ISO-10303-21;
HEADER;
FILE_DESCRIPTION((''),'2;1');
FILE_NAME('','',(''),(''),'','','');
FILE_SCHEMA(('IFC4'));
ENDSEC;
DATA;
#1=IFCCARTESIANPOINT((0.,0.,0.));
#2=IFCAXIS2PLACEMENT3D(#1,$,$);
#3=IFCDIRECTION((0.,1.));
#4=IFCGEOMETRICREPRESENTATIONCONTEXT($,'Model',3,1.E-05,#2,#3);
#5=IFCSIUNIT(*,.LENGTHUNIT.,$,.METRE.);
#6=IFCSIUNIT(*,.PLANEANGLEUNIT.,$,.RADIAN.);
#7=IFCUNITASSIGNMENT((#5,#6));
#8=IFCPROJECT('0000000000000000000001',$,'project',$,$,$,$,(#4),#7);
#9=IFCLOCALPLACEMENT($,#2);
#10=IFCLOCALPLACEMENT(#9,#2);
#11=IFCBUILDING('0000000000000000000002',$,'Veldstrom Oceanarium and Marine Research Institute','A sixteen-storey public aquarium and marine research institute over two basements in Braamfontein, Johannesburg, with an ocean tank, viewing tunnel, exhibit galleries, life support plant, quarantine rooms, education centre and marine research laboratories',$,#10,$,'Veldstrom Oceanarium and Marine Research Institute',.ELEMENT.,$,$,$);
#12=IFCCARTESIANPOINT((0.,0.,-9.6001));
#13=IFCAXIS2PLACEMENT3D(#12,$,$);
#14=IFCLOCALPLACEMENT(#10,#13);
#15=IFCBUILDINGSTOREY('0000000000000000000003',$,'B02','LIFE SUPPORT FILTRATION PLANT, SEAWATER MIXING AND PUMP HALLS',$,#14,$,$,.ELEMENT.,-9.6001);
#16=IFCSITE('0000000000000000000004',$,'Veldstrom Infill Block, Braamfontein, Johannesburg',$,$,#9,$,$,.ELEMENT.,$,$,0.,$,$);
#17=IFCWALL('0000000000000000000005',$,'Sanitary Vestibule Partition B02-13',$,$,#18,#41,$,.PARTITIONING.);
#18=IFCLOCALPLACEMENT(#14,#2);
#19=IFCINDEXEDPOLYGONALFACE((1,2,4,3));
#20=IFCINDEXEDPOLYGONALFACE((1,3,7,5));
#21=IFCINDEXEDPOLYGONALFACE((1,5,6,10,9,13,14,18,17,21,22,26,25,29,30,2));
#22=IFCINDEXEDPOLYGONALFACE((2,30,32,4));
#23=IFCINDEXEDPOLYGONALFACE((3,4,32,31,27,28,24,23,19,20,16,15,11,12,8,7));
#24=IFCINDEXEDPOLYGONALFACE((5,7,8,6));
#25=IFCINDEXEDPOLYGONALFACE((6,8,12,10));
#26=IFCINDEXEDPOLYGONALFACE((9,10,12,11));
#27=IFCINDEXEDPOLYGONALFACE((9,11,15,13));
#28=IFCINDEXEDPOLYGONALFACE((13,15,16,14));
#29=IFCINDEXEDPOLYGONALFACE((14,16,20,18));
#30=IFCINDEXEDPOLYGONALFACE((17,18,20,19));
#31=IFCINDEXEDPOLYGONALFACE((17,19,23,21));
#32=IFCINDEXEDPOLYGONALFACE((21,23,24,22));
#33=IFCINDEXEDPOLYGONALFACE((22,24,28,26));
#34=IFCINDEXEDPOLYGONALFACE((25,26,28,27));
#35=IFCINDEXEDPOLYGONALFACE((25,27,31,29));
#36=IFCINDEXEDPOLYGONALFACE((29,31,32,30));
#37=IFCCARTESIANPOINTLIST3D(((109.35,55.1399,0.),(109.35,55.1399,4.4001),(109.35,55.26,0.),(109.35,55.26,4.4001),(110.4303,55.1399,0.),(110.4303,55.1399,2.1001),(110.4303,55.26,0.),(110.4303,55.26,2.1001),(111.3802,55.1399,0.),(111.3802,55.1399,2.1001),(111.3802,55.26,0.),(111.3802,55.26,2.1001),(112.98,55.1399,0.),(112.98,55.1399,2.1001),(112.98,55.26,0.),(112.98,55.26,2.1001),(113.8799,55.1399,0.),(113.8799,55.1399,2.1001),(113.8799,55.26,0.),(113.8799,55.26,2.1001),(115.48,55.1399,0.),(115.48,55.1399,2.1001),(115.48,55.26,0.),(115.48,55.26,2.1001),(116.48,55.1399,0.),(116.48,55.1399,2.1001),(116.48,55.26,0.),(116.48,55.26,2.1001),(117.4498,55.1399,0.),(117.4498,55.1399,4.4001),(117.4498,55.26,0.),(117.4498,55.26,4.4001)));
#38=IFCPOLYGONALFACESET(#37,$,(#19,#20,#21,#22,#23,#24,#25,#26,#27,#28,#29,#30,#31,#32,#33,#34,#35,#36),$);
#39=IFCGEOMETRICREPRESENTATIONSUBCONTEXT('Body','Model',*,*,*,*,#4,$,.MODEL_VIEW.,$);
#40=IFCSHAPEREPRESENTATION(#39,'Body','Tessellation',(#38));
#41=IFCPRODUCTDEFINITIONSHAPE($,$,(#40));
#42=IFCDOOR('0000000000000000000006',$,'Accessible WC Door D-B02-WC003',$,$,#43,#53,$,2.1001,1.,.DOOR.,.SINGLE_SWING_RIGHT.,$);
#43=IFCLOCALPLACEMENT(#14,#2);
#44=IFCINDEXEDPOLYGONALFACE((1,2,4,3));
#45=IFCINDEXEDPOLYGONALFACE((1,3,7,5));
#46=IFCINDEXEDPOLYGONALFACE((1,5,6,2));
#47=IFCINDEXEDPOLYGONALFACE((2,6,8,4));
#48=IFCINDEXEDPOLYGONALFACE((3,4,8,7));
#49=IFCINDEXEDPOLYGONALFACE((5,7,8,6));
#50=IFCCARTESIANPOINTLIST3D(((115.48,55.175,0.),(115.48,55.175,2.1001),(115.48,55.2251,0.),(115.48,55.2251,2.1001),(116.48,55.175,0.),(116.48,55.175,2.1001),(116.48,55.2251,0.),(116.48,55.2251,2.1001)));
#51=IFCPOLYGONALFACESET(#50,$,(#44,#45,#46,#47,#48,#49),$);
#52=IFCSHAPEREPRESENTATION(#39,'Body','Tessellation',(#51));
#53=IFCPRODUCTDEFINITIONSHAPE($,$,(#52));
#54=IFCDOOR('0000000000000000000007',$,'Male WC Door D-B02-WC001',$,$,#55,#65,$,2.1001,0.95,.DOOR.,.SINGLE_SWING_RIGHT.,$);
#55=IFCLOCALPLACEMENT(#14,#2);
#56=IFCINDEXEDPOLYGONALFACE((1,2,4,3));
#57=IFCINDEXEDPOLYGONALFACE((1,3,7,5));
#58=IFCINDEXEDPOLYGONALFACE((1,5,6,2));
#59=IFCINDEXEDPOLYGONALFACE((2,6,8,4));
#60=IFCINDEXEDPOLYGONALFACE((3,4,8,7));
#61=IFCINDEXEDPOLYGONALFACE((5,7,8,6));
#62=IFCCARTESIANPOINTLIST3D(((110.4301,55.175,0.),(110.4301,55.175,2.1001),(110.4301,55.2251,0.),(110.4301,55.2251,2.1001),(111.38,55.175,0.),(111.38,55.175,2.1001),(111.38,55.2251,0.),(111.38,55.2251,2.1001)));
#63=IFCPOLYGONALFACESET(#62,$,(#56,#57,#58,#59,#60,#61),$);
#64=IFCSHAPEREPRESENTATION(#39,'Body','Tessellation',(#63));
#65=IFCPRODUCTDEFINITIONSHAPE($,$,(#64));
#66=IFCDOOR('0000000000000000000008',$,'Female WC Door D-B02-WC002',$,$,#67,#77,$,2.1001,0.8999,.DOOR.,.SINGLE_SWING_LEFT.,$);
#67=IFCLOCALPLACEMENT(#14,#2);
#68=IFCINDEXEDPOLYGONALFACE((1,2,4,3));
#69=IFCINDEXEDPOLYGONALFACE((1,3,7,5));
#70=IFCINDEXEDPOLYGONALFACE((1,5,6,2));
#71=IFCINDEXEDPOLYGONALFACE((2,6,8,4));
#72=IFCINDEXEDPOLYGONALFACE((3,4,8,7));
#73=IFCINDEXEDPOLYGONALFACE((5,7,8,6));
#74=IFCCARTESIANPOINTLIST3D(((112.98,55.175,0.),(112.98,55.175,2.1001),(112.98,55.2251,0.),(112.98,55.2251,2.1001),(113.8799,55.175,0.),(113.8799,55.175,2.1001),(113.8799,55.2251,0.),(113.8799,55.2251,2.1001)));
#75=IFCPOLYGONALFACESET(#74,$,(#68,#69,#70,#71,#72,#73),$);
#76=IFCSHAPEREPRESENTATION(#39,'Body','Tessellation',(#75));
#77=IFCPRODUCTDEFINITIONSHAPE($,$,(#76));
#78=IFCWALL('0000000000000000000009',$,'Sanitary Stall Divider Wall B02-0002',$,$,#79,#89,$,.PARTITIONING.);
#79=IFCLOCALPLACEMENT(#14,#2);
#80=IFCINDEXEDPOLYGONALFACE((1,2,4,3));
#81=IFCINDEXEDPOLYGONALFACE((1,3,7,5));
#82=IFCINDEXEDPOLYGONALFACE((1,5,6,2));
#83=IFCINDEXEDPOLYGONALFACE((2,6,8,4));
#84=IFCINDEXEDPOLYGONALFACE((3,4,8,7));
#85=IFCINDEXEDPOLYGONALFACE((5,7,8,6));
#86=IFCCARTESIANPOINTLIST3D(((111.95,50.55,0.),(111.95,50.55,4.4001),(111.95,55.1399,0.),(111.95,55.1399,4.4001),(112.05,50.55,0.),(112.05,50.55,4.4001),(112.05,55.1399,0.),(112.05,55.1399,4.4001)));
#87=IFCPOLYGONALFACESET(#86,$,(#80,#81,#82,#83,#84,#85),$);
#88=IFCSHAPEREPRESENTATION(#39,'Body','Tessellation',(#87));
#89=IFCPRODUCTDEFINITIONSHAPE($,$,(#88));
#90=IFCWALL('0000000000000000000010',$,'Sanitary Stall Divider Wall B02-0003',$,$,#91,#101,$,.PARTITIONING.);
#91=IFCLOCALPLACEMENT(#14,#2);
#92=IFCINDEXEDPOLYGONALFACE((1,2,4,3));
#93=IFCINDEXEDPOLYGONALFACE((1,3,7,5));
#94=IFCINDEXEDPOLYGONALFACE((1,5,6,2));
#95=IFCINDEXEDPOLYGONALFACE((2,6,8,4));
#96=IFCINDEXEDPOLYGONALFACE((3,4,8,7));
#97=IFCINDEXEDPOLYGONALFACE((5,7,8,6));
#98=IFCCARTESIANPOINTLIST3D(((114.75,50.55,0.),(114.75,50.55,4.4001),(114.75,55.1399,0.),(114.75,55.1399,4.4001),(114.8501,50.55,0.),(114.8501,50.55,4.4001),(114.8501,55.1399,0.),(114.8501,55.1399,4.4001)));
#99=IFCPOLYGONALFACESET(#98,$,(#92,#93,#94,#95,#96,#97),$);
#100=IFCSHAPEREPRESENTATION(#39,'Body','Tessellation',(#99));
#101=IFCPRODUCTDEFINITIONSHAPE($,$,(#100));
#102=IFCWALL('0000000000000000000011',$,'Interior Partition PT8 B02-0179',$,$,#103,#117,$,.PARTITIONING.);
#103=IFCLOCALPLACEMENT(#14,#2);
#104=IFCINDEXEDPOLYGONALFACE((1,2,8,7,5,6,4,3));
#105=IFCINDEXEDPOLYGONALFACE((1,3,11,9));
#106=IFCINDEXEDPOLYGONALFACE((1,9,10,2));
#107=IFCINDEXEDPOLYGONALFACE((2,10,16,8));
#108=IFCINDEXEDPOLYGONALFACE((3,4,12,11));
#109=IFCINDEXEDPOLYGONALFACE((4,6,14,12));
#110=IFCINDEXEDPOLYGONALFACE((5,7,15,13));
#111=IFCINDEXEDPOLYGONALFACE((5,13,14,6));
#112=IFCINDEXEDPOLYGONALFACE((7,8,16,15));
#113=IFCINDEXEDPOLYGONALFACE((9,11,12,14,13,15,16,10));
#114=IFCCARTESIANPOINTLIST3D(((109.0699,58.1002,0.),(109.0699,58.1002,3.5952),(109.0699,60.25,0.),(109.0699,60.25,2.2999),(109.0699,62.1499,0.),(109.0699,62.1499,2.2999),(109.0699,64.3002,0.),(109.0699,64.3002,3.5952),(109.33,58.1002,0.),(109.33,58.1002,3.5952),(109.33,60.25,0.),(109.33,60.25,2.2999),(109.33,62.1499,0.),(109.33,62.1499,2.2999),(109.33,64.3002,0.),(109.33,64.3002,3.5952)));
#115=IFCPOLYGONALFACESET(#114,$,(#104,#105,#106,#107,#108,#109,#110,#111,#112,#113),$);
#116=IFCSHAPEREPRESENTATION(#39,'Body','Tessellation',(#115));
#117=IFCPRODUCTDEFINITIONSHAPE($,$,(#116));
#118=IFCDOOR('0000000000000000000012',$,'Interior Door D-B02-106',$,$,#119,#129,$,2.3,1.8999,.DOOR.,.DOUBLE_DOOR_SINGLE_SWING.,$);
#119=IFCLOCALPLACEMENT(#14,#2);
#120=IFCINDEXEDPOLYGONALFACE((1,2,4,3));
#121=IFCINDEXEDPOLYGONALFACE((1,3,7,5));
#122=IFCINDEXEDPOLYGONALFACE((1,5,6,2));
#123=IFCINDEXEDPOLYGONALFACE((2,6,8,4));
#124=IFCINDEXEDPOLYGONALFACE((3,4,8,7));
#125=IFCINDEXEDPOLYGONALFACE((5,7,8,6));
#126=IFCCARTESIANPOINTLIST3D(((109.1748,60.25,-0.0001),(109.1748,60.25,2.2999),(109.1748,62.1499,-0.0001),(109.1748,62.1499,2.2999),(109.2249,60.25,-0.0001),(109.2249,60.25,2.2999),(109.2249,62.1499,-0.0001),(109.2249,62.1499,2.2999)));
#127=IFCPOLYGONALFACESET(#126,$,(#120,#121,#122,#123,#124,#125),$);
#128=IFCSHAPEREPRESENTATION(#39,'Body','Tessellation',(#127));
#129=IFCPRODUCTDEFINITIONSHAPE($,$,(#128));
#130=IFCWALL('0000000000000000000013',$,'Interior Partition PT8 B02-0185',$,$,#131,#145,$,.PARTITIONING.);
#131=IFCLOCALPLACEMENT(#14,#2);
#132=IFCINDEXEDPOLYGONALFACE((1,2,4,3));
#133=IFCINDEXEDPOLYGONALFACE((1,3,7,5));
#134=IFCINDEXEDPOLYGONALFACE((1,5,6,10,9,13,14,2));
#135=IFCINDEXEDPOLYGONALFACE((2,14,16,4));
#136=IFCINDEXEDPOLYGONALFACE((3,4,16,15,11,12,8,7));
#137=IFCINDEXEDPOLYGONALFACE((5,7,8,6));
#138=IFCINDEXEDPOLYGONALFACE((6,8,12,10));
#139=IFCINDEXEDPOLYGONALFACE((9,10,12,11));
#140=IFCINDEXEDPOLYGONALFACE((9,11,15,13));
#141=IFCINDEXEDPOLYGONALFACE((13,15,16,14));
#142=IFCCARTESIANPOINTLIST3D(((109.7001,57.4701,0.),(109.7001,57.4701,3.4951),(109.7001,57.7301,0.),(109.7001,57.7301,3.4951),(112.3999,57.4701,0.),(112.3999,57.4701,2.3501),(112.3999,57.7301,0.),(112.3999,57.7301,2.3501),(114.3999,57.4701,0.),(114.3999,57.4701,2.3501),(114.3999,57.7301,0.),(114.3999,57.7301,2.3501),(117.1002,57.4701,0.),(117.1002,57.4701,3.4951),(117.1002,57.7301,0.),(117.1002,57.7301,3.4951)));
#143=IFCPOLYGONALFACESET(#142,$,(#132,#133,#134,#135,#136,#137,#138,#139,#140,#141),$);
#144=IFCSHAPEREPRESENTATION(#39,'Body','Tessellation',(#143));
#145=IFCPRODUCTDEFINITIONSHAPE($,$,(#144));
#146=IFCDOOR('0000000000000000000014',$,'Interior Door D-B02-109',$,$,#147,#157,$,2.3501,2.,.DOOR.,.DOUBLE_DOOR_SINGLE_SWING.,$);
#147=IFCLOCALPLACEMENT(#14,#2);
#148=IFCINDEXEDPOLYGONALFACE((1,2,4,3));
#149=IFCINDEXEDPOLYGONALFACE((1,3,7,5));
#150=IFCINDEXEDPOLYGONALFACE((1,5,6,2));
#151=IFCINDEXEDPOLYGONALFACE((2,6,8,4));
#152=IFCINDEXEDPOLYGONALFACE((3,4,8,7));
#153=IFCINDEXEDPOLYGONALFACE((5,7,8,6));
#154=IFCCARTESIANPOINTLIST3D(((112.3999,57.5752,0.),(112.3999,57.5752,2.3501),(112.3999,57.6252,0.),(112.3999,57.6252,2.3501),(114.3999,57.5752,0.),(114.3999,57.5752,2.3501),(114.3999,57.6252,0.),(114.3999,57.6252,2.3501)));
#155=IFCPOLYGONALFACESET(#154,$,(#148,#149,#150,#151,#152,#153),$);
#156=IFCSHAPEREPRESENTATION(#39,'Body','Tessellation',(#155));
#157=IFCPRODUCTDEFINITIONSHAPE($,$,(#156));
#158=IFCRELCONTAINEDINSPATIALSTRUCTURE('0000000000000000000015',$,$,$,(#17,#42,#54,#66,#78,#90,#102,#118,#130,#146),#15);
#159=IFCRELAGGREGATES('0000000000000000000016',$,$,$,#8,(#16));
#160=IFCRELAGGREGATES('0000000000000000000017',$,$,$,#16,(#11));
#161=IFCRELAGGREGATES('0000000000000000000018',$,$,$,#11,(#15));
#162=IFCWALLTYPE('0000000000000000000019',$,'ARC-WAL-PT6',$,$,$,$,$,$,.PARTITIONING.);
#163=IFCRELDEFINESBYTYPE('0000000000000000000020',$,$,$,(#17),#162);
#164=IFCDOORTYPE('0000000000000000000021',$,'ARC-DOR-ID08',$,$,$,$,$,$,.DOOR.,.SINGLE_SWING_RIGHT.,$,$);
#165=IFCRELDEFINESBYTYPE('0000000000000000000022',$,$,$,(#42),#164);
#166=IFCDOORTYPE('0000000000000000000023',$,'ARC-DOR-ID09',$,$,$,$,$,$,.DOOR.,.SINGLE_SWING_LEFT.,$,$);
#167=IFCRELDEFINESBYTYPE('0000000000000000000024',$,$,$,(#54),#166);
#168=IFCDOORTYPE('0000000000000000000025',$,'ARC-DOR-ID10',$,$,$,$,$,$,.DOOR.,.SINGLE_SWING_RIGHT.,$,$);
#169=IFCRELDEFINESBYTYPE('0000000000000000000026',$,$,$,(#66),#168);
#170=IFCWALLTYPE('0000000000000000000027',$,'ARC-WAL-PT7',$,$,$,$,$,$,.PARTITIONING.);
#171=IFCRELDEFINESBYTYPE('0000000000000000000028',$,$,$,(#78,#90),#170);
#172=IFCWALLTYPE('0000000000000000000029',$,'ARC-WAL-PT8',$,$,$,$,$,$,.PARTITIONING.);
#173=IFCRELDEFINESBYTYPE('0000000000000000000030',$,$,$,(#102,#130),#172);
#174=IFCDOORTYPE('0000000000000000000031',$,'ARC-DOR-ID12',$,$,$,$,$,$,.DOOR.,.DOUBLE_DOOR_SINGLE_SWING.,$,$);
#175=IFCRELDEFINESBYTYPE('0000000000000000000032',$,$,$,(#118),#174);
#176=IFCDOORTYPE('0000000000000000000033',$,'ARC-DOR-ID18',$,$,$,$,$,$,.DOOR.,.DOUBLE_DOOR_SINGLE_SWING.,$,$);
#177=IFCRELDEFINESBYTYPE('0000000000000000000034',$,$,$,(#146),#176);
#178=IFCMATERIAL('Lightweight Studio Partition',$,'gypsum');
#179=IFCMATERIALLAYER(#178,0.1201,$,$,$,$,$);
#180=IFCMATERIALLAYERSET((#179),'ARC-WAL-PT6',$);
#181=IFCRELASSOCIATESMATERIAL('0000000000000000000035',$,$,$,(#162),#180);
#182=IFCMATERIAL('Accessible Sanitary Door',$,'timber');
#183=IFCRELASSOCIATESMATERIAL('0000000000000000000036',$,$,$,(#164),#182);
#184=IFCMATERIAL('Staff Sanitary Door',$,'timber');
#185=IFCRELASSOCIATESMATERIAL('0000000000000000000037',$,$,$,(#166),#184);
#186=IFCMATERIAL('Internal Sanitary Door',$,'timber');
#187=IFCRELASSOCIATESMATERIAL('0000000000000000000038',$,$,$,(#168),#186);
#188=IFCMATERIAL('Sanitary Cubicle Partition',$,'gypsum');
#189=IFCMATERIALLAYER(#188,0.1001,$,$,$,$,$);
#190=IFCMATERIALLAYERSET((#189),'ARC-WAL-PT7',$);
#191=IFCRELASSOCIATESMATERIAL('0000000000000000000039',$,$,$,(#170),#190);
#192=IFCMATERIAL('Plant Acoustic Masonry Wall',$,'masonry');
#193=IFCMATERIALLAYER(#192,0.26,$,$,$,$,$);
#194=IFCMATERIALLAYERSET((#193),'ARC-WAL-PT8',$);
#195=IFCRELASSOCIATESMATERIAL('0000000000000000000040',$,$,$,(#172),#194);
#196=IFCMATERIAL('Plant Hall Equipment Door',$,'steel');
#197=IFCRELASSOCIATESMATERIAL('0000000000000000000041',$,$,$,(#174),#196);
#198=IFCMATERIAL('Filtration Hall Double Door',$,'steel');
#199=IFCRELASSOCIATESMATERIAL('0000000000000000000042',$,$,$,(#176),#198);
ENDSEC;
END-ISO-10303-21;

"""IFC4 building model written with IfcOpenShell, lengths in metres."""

from ifc_helpers import new_model, si_unit, direction, frame, frame_2d, origin, place, context, subcontext, project, spatial, rectangle, extrude, material, layer, layer_set, type_object, element, fill, save


model = new_model("IFC4")

# Units and contexts
model_context = context("Model", 3, precision=1e-05, world=origin(), true_north=direction((0.0, 1.0)))
body_context = subcontext(model_context, "Body", "Model", "MODEL_VIEW")
ifc_project = project(units=[si_unit("LENGTHUNIT", "METRE"), si_unit("PLANEANGLEUNIT", "RADIAN")], contexts=[model_context])

# Site, building, storey
site_placement = place(None, origin())
site = spatial("IfcSite", under=ifc_project, at=site_placement, Name="Veldstrom Infill Block, Braamfontein, Johannesburg", CompositionType="ELEMENT", RefElevation=0.0)
building_placement = place(site_placement, origin())
building = spatial("IfcBuilding", under=site, at=building_placement, Name="Veldstrom Oceanarium and Marine Research Institute", Description="A sixteen-storey public aquarium and marine research institute over two basements in Braamfontein, Johannesburg, with an ocean tank, viewing tunnel, exhibit galleries, life support plant, quarantine rooms, education centre and marine research laboratories", LongName="Veldstrom Oceanarium and Marine Research Institute", CompositionType="ELEMENT")
storey_placement = place(building_placement, frame((0.0, 0.0, -9.6001)))
storey = spatial("IfcBuildingStorey", under=building, at=storey_placement, Name="B02", Description="LIFE SUPPORT FILTRATION PLANT, SEAWATER MIXING AND PUMP HALLS", CompositionType="ELEMENT", Elevation=-9.6001)

# Wall, openings, doors
ifc_material_1 = material(Name="Lightweight Studio Partition", Category="gypsum")
ifc_layer_1 = layer(ifc_material_1, 0.1201)
ifc_layer_set_1 = layer_set([ifc_layer_1], Name="ARC-WAL-PT6")
wall_type_1 = type_object("IfcWallType", Name="ARC-WAL-PT6", PredefinedType="PARTITIONING", material=ifc_layer_set_1)
wall_1_placement = place(storey_placement, frame((109.3501, 55.2, 0.0), z_axis=(0.0, 0.0, 1.0), x_axis=(1.0, 0.0, 0.0)))
wall_1 = element("IfcWall", 1, at=wall_1_placement, inside=storey, type_object=wall_type_1, Name="Sanitary Vestibule Partition B02-13", PredefinedType="PARTITIONING", context=body_context, shape_type="SweptSolid", body=[
    extrude(rectangle(XDim=8.0999, YDim=0.1201, at=frame_2d((4.0498, 0.0))), origin(), (0.0, 0.0, 1.0), 4.4001),
])
opening_1_placement = place(wall_1_placement, frame((1.0801, 0.0, 0.0)))
opening_1 = element("IfcOpeningElement", 2, at=opening_1_placement, cuts=wall_1, PredefinedType="OPENING", context=body_context, shape_type="SweptSolid", body=[
    extrude(rectangle(XDim=0.95, YDim=2.1001, at=frame_2d((0.4751, 1.05))), frame((0.0, 0.0701, 0.0), z_axis=(0.0, -1.0, 0.0), x_axis=(1.0, 0.0, 0.0)), (0.0, 0.0, 1.0), 0.1401),
])
opening_2_placement = place(wall_1_placement, frame((3.6299, 0.0, 0.0)))
opening_2 = element("IfcOpeningElement", 3, at=opening_2_placement, cuts=wall_1, PredefinedType="OPENING", context=body_context, shape_type="SweptSolid", body=[
    extrude(rectangle(XDim=0.8999, YDim=2.1001, at=frame_2d((0.45, 1.05))), frame((0.0, 0.0701, 0.0), z_axis=(0.0, -1.0, 0.0), x_axis=(1.0, 0.0, 0.0)), (0.0, 0.0, 1.0), 0.1401),
])
opening_3_placement = place(wall_1_placement, frame((6.1299, 0.0, 0.0)))
opening_3 = element("IfcOpeningElement", 4, at=opening_3_placement, cuts=wall_1, PredefinedType="OPENING", context=body_context, shape_type="SweptSolid", body=[
    extrude(rectangle(XDim=1.0, YDim=2.1001, at=frame_2d((0.5, 1.05))), frame((0.0, 0.0701, 0.0), z_axis=(0.0, -1.0, 0.0), x_axis=(1.0, 0.0, 0.0)), (0.0, 0.0, 1.0), 0.1401),
])
ifc_material_2 = material(Name="Accessible Sanitary Door", Category="timber")
door_type_1 = type_object("IfcDoorType", Name="ARC-DOR-ID08", OperationType="SINGLE_SWING_RIGHT", PredefinedType="DOOR", material=ifc_material_2)
door_1_placement = place(opening_3_placement, frame((1.0, 0.0, 0.0), z_axis=(0.0, 0.0, 1.0), x_axis=(-1.0, 0.0, 0.0)))
door_1 = element("IfcDoor", 5, at=door_1_placement, inside=storey, type_object=door_type_1, Name="Accessible WC Door D-B02-WC003", OperationType="SINGLE_SWING_RIGHT", OverallHeight=2.1001, OverallWidth=1.0, PredefinedType="DOOR", context=body_context, shape_type="SweptSolid", body=[
    extrude(rectangle(XDim=1.0, YDim=2.1001, at=frame_2d((0.5, 1.05))), frame((0.0, 0.0249, 0.0), z_axis=(0.0, -1.0, 0.0), x_axis=(1.0, 0.0, 0.0)), (0.0, 0.0, 1.0), 0.05),
])
fill(opening_3, door_1)
ifc_material_3 = material(Name="Staff Sanitary Door", Category="timber")
door_type_2 = type_object("IfcDoorType", Name="ARC-DOR-ID09", OperationType="SINGLE_SWING_LEFT", PredefinedType="DOOR", material=ifc_material_3)
door_2_placement = place(opening_1_placement, frame((0.95, 0.0, 0.0), z_axis=(0.0, 0.0, 1.0), x_axis=(-1.0, 0.0, 0.0)))
door_2 = element("IfcDoor", 6, at=door_2_placement, inside=storey, type_object=door_type_2, Name="Male WC Door D-B02-WC001", OperationType="SINGLE_SWING_RIGHT", OverallHeight=2.1001, OverallWidth=0.95, PredefinedType="DOOR", context=body_context, shape_type="SweptSolid", body=[
    extrude(rectangle(XDim=0.95, YDim=2.1001, at=frame_2d((0.4751, 1.05))), frame((0.0, 0.0249, 0.0), z_axis=(0.0, -1.0, 0.0), x_axis=(1.0, 0.0, 0.0)), (0.0, 0.0, 1.0), 0.05),
])
fill(opening_1, door_2)
ifc_material_4 = material(Name="Internal Sanitary Door", Category="timber")
door_type_3 = type_object("IfcDoorType", Name="ARC-DOR-ID10", OperationType="SINGLE_SWING_RIGHT", PredefinedType="DOOR", material=ifc_material_4)
door_3_placement = place(opening_2_placement, frame((0.8999, 0.0, 0.0), z_axis=(0.0, 0.0, 1.0), x_axis=(-1.0, 0.0, 0.0)))
door_3 = element("IfcDoor", 7, at=door_3_placement, inside=storey, type_object=door_type_3, Name="Female WC Door D-B02-WC002", OperationType="SINGLE_SWING_LEFT", OverallHeight=2.1001, OverallWidth=0.8999, PredefinedType="DOOR", context=body_context, shape_type="SweptSolid", body=[
    extrude(rectangle(XDim=0.8999, YDim=2.1001, at=frame_2d((0.45, 1.05))), frame((0.0, 0.0249, 0.0), z_axis=(0.0, -1.0, 0.0), x_axis=(1.0, 0.0, 0.0)), (0.0, 0.0, 1.0), 0.05),
])
fill(opening_2, door_3)

# Walls
ifc_material_5 = material(Name="Sanitary Cubicle Partition", Category="gypsum")
ifc_layer_2 = layer(ifc_material_5, 0.1001)
ifc_layer_set_2 = layer_set([ifc_layer_2], Name="ARC-WAL-PT7")
wall_type_2 = type_object("IfcWallType", Name="ARC-WAL-PT7", PredefinedType="PARTITIONING", material=ifc_layer_set_2)
for number, where, z_axis, x_axis, name in (
    (8, (112.0, 50.55, 0.0), (0.0, 0.0, 1.0), (0.0, 1.0, 0.0), "Sanitary Stall Divider Wall B02-0002"),
    (9, (114.8, 50.55, 0.0), (0.0, 0.0, 1.0), (0.0, 1.0, 0.0), "Sanitary Stall Divider Wall B02-0003"),
):
    element("IfcWall", number, at=place(storey_placement, frame(where, z_axis=z_axis, x_axis=x_axis)), inside=storey, type_object=wall_type_2, Name=name, PredefinedType="PARTITIONING", context=body_context, shape_type="SweptSolid", body=[
        extrude(rectangle(XDim=4.5898, YDim=0.1001, at=frame_2d((2.2949, 0.0))), origin(), (0.0, 0.0, 1.0), 4.4001),
    ])

# Walls, openings, doors
ifc_material_6 = material(Name="Plant Acoustic Masonry Wall", Category="masonry")
ifc_layer_3 = layer(ifc_material_6, 0.26)
ifc_layer_set_3 = layer_set([ifc_layer_3], Name="ARC-WAL-PT8")
wall_type_3 = type_object("IfcWallType", Name="ARC-WAL-PT8", PredefinedType="PARTITIONING", material=ifc_layer_set_3)
wall_2_placement = place(storey_placement, frame((109.2, 58.1001, 0.0), z_axis=(0.0, 0.0, 1.0), x_axis=(0.0, 1.0, 0.0)))
wall_2 = element("IfcWall", 10, at=wall_2_placement, inside=storey, type_object=wall_type_3, Name="Interior Partition PT8 B02-0179", PredefinedType="PARTITIONING", context=body_context, shape_type="SweptSolid", body=[
    extrude(rectangle(XDim=6.2, YDim=0.26, at=frame_2d((3.1001, 0.0))), origin(), (0.0, 0.0, 1.0), 3.5952),
])
opening_4_placement = place(wall_2_placement, frame((2.1499, 0.0, 0.0)))
opening_4 = element("IfcOpeningElement", 11, at=opening_4_placement, cuts=wall_2, PredefinedType="OPENING", context=body_context, shape_type="SweptSolid", body=[
    extrude(rectangle(XDim=1.8999, YDim=2.3, at=frame_2d((0.95, 1.1499))), frame((0.0, 0.1399, 0.0), z_axis=(0.0, -1.0, 0.0), x_axis=(1.0, 0.0, 0.0)), (0.0, 0.0, 1.0), 0.28),
])
ifc_material_7 = material(Name="Plant Hall Equipment Door", Category="steel")
door_type_4 = type_object("IfcDoorType", Name="ARC-DOR-ID12", OperationType="DOUBLE_DOOR_SINGLE_SWING", PredefinedType="DOOR", material=ifc_material_7)
door_4_placement = place(opening_4_placement, frame((1.8999, 0.0, 0.0), z_axis=(0.0, 0.0, 1.0), x_axis=(-1.0, 0.0, 0.0)))
door_4 = element("IfcDoor", 12, at=door_4_placement, inside=storey, type_object=door_type_4, Name="Interior Door D-B02-106", OperationType="DOUBLE_DOOR_SINGLE_SWING", OverallHeight=2.3, OverallWidth=1.8999, PredefinedType="DOOR", context=body_context, shape_type="SweptSolid", body=[
    extrude(rectangle(XDim=1.8999, YDim=2.3, at=frame_2d((0.95, 1.1499))), frame((0.0, 0.0249, 0.0), z_axis=(0.0, -1.0, 0.0), x_axis=(1.0, 0.0, 0.0)), (0.0, 0.0, 1.0), 0.05),
])
fill(opening_4, door_4)
wall_3_placement = place(storey_placement, frame((109.7, 57.6001, 0.0), z_axis=(0.0, 0.0, 1.0), x_axis=(1.0, 0.0, 0.0)))
wall_3 = element("IfcWall", 13, at=wall_3_placement, inside=storey, type_object=wall_type_3, Name="Interior Partition PT8 B02-0185", PredefinedType="PARTITIONING", context=body_context, shape_type="SweptSolid", body=[
    extrude(rectangle(XDim=7.4001, YDim=0.26, at=frame_2d((3.7002, 0.0))), origin(), (0.0, 0.0, 1.0), 3.4951),
])
opening_5_placement = place(wall_3_placement, frame((2.7, 0.0, 0.0)))
opening_5 = element("IfcOpeningElement", 14, at=opening_5_placement, cuts=wall_3, PredefinedType="OPENING", context=body_context, shape_type="SweptSolid", body=[
    extrude(rectangle(XDim=2.0, YDim=2.3501, at=frame_2d((1.0, 1.175))), frame((0.0, 0.1399, 0.0), z_axis=(0.0, -1.0, 0.0), x_axis=(1.0, 0.0, 0.0)), (0.0, 0.0, 1.0), 0.28),
])
ifc_material_8 = material(Name="Filtration Hall Double Door", Category="steel")
door_type_5 = type_object("IfcDoorType", Name="ARC-DOR-ID18", OperationType="DOUBLE_DOOR_SINGLE_SWING", PredefinedType="DOOR", material=ifc_material_8)
door_5_placement = place(opening_5_placement, frame((2.0, 0.0, 0.0), z_axis=(0.0, 0.0, 1.0), x_axis=(-1.0, 0.0, 0.0)))
door_5 = element("IfcDoor", 15, at=door_5_placement, inside=storey, type_object=door_type_5, Name="Interior Door D-B02-109", OperationType="DOUBLE_DOOR_SINGLE_SWING", OverallHeight=2.3501, OverallWidth=2.0, PredefinedType="DOOR", context=body_context, shape_type="SweptSolid", body=[
    extrude(rectangle(XDim=2.0, YDim=2.3501, at=frame_2d((1.0, 1.175))), frame((0.0, 0.0249, 0.0), z_axis=(0.0, -1.0, 0.0), x_axis=(1.0, 0.0, 0.0)), (0.0, 0.0, 1.0), 0.05),
])
fill(opening_5, door_5)

save(model, "model.ifc")
